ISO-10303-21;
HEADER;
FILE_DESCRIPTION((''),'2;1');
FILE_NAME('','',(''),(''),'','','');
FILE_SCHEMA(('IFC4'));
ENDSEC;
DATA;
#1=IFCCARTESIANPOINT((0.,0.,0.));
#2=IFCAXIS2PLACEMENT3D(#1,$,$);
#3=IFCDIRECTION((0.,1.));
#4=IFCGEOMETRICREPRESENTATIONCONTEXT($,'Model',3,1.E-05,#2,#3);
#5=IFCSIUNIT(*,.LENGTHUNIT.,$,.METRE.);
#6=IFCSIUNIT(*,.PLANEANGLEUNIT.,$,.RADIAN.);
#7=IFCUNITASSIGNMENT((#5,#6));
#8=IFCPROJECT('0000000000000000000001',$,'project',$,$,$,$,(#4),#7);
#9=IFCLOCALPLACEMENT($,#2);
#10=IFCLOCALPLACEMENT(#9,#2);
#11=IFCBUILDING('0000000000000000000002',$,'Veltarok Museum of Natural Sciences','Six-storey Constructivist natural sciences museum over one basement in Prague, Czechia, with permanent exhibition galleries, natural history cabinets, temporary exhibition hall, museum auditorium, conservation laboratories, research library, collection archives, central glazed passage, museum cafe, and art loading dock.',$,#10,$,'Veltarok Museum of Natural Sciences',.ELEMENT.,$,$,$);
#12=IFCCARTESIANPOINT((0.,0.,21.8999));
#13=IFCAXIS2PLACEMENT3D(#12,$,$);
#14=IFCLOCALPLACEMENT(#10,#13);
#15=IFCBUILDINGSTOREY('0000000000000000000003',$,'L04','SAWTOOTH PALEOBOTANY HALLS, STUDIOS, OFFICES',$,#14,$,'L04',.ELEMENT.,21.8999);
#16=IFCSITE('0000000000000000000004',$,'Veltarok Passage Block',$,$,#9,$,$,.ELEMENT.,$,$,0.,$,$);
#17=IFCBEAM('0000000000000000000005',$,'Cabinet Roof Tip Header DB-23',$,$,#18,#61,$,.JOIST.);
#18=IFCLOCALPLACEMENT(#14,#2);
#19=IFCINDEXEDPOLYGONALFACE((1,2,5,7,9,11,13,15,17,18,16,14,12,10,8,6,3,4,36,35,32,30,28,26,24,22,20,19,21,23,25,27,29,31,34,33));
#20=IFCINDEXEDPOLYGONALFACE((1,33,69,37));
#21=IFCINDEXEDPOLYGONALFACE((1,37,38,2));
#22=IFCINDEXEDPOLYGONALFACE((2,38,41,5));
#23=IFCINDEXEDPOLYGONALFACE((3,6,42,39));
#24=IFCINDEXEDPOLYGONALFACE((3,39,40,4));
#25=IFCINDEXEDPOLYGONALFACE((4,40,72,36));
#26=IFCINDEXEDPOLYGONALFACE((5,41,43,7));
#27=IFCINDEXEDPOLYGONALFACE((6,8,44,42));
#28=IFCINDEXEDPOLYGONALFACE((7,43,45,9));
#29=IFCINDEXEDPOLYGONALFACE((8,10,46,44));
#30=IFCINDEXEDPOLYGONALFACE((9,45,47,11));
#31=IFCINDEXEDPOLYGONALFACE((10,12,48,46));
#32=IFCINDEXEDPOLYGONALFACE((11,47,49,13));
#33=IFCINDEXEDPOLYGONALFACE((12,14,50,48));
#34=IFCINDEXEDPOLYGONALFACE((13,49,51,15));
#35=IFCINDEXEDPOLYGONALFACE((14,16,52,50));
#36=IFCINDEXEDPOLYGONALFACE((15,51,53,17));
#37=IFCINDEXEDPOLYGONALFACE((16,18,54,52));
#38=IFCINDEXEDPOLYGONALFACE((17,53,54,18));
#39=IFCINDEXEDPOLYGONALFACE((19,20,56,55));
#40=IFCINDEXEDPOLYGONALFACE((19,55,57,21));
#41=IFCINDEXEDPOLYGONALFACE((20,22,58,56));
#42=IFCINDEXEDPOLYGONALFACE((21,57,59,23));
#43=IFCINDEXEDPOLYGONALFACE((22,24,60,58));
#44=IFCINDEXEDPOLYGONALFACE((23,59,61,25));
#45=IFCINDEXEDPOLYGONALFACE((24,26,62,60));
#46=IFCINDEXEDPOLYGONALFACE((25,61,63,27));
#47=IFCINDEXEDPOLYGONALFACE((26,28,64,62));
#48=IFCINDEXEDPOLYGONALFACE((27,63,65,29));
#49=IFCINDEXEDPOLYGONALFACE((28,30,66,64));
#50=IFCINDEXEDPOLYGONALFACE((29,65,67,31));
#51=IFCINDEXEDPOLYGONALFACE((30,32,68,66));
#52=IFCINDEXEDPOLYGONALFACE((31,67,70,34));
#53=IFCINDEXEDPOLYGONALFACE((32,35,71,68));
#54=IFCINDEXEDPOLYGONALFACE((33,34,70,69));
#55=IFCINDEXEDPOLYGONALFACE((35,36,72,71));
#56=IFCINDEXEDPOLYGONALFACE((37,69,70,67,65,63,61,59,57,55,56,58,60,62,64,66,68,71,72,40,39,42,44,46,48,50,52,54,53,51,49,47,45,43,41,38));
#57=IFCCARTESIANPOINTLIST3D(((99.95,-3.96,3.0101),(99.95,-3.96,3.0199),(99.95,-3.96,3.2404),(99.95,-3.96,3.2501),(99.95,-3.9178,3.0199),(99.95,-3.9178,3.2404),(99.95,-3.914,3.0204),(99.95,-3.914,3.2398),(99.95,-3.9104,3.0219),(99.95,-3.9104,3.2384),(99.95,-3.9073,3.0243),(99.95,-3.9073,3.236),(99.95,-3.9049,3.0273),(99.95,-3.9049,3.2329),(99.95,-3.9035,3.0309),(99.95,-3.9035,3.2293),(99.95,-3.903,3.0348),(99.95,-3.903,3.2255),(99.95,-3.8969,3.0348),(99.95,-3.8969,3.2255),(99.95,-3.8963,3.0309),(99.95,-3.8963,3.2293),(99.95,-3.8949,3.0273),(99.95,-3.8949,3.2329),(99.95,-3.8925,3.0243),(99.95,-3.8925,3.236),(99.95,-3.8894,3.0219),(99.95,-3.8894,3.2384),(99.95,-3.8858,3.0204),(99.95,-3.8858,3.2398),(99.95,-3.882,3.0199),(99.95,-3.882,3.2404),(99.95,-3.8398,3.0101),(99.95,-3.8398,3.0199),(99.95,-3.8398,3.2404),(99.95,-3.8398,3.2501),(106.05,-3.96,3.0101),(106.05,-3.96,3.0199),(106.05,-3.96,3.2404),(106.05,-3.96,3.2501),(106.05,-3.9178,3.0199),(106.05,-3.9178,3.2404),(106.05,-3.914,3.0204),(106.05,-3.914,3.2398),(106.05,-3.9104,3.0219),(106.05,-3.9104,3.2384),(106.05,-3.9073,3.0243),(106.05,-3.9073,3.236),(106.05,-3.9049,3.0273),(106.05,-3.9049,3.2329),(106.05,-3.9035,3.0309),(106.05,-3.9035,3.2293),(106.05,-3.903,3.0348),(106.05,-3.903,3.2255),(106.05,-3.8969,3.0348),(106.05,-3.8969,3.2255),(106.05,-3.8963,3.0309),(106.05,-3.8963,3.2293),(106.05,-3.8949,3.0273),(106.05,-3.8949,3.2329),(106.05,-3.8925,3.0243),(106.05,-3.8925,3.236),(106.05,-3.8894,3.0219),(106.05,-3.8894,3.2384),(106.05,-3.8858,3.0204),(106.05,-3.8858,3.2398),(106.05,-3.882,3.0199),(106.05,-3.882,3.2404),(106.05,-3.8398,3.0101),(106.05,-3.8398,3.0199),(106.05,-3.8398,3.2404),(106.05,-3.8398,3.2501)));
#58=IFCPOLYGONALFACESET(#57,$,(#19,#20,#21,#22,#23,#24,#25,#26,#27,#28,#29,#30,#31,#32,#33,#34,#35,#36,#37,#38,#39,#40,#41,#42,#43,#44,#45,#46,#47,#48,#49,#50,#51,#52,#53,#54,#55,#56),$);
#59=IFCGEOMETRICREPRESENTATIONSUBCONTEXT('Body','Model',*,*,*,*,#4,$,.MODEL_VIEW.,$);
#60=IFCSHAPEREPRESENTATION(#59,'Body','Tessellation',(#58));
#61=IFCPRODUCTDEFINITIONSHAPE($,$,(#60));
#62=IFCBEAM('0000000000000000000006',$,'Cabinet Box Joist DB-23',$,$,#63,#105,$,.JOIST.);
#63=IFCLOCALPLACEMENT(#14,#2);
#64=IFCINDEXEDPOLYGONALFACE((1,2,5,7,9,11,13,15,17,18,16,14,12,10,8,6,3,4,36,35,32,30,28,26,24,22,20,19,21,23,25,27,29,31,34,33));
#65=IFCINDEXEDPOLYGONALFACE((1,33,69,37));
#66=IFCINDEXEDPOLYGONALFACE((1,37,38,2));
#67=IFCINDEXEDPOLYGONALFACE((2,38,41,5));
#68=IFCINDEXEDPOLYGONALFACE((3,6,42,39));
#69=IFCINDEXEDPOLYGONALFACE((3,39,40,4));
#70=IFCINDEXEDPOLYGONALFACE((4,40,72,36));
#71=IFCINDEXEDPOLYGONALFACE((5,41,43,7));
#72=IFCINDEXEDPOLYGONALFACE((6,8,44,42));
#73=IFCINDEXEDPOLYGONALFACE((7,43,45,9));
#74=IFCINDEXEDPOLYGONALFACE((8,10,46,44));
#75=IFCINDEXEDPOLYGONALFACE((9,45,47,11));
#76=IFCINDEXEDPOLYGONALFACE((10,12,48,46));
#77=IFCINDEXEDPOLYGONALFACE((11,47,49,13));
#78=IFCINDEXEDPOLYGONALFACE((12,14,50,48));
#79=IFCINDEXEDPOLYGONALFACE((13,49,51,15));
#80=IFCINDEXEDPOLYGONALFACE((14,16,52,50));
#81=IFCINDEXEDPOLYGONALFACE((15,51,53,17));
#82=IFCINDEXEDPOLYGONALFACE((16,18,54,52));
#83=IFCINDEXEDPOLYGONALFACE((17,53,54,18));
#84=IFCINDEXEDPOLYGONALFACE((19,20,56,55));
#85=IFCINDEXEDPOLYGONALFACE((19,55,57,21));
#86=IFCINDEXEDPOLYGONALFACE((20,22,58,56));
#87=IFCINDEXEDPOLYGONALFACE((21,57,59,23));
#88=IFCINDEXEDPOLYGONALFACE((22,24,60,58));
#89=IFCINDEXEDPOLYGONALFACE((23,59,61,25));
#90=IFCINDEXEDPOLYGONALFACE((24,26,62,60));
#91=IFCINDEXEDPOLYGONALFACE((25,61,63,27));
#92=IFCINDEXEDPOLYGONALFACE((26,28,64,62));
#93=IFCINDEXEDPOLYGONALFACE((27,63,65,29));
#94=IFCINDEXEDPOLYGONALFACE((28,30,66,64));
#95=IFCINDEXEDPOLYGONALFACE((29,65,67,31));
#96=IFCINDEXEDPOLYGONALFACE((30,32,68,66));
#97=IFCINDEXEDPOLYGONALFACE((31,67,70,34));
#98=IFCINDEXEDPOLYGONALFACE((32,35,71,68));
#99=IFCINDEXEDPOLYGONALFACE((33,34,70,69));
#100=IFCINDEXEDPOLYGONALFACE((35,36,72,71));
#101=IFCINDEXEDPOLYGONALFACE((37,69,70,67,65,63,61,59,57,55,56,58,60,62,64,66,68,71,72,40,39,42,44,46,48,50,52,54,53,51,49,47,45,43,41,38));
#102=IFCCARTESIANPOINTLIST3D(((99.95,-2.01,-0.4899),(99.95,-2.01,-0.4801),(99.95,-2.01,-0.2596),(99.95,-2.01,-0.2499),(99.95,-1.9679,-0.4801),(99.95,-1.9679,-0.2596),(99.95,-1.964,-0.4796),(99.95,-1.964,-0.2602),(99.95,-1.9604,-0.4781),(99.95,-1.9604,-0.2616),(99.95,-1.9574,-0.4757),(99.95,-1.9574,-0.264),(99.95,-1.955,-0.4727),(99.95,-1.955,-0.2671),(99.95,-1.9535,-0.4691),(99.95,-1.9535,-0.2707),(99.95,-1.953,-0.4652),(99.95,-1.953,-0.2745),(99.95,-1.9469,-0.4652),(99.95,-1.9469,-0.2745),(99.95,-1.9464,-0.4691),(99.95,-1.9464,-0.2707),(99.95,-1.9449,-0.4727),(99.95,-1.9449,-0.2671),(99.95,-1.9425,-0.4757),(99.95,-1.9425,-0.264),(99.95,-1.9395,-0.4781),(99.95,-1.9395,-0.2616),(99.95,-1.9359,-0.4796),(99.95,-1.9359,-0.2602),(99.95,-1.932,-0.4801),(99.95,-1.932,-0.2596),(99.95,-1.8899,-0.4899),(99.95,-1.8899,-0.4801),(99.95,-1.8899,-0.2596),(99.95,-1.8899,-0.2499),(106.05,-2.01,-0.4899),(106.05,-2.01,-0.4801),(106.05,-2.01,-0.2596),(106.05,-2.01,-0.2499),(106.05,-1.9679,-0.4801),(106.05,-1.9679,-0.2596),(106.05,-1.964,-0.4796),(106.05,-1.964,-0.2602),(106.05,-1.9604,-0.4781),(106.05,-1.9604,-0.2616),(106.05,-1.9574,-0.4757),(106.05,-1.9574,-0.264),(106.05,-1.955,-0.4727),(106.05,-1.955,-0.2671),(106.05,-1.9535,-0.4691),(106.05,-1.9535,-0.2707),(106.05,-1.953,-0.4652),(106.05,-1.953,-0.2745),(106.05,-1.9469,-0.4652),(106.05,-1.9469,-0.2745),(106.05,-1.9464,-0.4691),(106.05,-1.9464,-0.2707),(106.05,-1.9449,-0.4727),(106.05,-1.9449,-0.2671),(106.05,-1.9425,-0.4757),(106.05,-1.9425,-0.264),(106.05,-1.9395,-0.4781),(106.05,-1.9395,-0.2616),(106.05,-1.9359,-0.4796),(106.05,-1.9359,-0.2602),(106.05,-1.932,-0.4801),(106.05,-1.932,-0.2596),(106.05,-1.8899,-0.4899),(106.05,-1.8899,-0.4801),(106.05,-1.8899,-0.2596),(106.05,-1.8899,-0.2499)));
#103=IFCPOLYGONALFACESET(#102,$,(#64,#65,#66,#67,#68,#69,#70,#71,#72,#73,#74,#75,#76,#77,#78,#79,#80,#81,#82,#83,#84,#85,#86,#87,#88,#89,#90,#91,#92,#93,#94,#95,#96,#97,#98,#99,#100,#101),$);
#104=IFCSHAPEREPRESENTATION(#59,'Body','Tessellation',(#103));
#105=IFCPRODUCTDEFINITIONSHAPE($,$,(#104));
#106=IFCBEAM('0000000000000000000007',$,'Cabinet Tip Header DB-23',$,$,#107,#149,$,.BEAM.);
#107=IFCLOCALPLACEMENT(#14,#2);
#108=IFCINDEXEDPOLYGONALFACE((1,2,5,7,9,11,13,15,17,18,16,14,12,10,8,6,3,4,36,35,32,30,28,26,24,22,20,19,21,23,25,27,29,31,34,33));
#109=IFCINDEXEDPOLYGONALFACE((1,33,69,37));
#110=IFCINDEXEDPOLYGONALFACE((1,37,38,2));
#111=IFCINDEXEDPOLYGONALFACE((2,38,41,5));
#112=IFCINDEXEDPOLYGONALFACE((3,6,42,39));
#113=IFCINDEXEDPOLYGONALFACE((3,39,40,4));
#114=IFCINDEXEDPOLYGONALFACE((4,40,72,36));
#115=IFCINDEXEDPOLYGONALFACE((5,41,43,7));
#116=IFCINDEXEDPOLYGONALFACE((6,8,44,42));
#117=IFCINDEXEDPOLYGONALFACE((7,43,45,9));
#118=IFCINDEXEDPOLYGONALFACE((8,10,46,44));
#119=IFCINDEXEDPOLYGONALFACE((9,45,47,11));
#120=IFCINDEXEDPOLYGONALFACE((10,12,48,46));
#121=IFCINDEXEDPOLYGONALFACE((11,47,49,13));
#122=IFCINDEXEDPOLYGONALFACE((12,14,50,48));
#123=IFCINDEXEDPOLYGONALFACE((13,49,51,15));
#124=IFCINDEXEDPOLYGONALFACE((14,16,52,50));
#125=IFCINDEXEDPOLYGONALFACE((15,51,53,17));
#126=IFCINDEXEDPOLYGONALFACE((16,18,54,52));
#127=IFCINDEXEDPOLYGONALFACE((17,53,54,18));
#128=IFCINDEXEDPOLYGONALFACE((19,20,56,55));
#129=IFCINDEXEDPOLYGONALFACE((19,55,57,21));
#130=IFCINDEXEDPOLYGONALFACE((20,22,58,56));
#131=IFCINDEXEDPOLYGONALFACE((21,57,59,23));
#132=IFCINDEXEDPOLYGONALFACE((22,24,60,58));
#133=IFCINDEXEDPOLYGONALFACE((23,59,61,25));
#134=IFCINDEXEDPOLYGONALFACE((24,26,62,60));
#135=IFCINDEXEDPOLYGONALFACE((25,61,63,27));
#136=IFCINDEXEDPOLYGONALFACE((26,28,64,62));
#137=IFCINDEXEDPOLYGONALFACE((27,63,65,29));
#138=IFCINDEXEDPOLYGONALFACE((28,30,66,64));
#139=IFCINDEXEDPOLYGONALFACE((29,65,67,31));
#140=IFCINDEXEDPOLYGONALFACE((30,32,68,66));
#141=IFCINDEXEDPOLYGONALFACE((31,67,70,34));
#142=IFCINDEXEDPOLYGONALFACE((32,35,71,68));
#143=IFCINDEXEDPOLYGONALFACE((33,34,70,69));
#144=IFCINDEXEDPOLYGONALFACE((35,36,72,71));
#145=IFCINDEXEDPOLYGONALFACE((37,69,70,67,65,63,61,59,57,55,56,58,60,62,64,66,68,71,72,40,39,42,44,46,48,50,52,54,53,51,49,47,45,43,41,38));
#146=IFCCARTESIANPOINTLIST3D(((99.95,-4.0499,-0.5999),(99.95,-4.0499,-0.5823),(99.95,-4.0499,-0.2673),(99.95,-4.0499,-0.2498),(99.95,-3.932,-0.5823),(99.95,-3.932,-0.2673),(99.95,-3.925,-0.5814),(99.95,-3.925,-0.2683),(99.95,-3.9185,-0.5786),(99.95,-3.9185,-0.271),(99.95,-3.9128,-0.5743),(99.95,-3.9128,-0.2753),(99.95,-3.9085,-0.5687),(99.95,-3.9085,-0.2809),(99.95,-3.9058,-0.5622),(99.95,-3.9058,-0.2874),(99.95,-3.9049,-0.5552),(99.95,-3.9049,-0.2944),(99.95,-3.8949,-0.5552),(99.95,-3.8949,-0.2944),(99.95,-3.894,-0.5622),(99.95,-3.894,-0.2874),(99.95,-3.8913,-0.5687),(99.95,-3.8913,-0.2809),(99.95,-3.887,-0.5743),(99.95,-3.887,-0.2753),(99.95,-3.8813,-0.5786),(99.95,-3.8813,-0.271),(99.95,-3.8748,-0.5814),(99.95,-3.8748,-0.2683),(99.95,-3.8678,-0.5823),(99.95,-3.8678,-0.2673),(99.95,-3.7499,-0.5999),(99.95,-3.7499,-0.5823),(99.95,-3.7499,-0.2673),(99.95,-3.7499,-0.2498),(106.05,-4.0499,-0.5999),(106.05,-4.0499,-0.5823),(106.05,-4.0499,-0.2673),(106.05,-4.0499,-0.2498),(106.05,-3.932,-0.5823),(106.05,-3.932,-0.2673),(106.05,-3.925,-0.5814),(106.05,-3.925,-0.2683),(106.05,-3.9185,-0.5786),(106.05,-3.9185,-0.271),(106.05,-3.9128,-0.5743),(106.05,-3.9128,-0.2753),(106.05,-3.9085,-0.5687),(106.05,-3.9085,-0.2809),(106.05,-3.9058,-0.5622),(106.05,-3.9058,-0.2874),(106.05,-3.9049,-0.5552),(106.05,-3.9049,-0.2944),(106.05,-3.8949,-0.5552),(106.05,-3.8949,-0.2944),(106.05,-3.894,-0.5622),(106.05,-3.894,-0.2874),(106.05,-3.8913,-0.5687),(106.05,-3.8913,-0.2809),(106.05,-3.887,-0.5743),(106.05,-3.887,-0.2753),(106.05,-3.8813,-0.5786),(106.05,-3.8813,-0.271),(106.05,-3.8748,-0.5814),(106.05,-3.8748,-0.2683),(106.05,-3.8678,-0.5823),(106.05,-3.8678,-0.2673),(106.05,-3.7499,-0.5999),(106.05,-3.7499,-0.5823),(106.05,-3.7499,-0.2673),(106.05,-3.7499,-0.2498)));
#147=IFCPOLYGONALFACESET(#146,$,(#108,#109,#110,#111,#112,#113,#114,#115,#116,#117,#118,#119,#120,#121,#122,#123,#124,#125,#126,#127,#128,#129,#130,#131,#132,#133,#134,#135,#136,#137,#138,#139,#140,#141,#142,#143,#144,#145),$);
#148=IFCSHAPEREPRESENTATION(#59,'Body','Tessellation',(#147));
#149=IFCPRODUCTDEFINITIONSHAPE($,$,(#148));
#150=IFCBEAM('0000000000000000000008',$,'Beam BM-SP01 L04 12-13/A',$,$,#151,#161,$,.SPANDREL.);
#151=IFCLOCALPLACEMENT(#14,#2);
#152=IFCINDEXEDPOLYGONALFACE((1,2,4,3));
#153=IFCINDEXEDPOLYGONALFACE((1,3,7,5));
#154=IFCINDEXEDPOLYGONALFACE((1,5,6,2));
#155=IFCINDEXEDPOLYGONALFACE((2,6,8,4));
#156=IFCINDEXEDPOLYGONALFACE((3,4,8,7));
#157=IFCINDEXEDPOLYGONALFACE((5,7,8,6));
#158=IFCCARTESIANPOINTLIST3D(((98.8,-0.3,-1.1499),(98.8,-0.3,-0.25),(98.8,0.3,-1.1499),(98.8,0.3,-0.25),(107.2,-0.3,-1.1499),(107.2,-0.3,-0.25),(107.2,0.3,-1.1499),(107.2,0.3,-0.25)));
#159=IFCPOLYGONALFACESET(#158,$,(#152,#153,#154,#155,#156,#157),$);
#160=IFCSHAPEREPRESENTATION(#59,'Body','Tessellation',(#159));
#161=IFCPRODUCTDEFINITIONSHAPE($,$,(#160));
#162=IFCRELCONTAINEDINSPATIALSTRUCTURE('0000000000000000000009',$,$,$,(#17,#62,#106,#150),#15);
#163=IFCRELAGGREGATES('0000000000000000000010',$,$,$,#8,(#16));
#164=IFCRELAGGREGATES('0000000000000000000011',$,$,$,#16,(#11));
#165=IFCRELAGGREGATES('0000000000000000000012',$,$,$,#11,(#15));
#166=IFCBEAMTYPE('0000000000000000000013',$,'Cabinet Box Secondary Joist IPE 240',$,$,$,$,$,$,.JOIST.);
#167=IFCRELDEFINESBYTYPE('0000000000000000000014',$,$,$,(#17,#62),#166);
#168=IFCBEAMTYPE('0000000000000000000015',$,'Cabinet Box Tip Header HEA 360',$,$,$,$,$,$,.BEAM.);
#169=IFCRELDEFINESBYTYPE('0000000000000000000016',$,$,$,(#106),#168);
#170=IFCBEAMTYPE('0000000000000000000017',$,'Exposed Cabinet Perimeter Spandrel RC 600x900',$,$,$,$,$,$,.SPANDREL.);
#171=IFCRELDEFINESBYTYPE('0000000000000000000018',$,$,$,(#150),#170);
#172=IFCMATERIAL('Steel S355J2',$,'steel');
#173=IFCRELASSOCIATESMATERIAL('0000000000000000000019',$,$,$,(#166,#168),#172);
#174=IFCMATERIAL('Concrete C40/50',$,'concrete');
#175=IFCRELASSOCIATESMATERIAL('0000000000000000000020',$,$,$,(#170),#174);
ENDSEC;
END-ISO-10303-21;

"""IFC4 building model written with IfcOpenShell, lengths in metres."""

from ifc_helpers import new_model, si_unit, direction, frame, origin, origin_2d, place, context, subcontext, project, spatial, rectangle, i_section, extrude, material, material_profile, profile_set, type_object, element, save


model = new_model("IFC4")

# Units and contexts
model_context = context("Model", 3, precision=1e-05, world=origin(), true_north=direction((0.0, 1.0)))
body_context = subcontext(model_context, "Body", "Model", "MODEL_VIEW")
ifc_project = project(units=[si_unit("LENGTHUNIT", "METRE"), si_unit("PLANEANGLEUNIT", "RADIAN")], contexts=[model_context])

# Site, building, storey
site_placement = place(None, origin())
site = spatial("IfcSite", under=ifc_project, at=site_placement, Name="Veltarok Passage Block", CompositionType="ELEMENT", RefElevation=0.0)
building_placement = place(site_placement, origin())
building = spatial("IfcBuilding", under=site, at=building_placement, Name="Veltarok Museum of Natural Sciences", Description="Six-storey Constructivist natural sciences museum over one basement in Prague, Czechia, with permanent exhibition galleries, natural history cabinets, temporary exhibition hall, museum auditorium, conservation laboratories, research library, collection archives, central glazed passage, museum cafe, and art loading dock.", LongName="Veltarok Museum of Natural Sciences", CompositionType="ELEMENT")
storey_placement = place(building_placement, frame((0.0, 0.0, 21.8999)))
storey = spatial("IfcBuildingStorey", under=building, at=storey_placement, Name="L04", Description="SAWTOOTH PALEOBOTANY HALLS, STUDIOS, OFFICES", LongName="L04", CompositionType="ELEMENT", Elevation=21.8999)

# Shared definitions
ifc_material_1 = material(Name="Concrete C40/50", Category="concrete")
ifc_material_2 = material(Name="Steel S355J2", Category="steel")

# Beams
ifc_material_profile_1 = material_profile(ifc_material_2, i_section(OverallWidth=0.1201, OverallDepth=0.24, WebThickness=0.0061, FlangeThickness=0.0098, FilletRadius=0.0149, at=origin_2d()), Name="IPE 240")
ifc_profile_set_1 = profile_set([ifc_material_profile_1], Name="Steel S355J2")
beam_type_1 = type_object("IfcBeamType", Name="Cabinet Box Secondary Joist IPE 240", PredefinedType="JOIST", material=ifc_profile_set_1)
for number, where, z_axis, x_axis, name in (
    (1, (99.95, -3.8999, 3.1301), (1.0, 0.0, 0.0), (0.0, 1.0, 0.0), "Cabinet Roof Tip Header DB-23"),
    (2, (99.95, -1.95, -0.3699), (1.0, 0.0, 0.0), (0.0, 1.0, 0.0), "Cabinet Box Joist DB-23"),
):
    element("IfcBeam", number, at=place(storey_placement, frame(where, z_axis=z_axis, x_axis=x_axis)), inside=storey, type_object=beam_type_1, Name=name, PredefinedType="JOIST", context=body_context, shape_type="SweptSolid", body=[
        extrude(i_section(OverallWidth=0.1201, OverallDepth=0.24, WebThickness=0.0061, FlangeThickness=0.0098, FilletRadius=0.0149, at=origin_2d()), origin(), (0.0, 0.0, 1.0), 6.1001),
    ])
ifc_material_profile_2 = material_profile(ifc_material_2, i_section(OverallWidth=0.3, OverallDepth=0.3501, WebThickness=0.01, FlangeThickness=0.0176, FilletRadius=0.0271, at=origin_2d()), Name="HEA 360")
ifc_profile_set_2 = profile_set([ifc_material_profile_2], Name="Steel S355J2")
beam_type_2 = type_object("IfcBeamType", Name="Cabinet Box Tip Header HEA 360", PredefinedType="BEAM", material=ifc_profile_set_2)
beam_1_placement = place(storey_placement, frame((99.95, -3.8999, -0.4248), z_axis=(1.0, 0.0, 0.0), x_axis=(0.0, 1.0, 0.0)))
element("IfcBeam", 3, at=beam_1_placement, inside=storey, type_object=beam_type_2, Name="Cabinet Tip Header DB-23", PredefinedType="BEAM", context=body_context, shape_type="SweptSolid", body=[
    extrude(i_section(OverallWidth=0.3, OverallDepth=0.3501, WebThickness=0.01, FlangeThickness=0.0176, FilletRadius=0.0271, at=origin_2d()), origin(), (0.0, 0.0, 1.0), 6.1001),
])
ifc_material_profile_3 = material_profile(ifc_material_1, rectangle(XDim=0.6001, YDim=0.8999, at=origin_2d()), Name="RC 600x900")
ifc_profile_set_3 = profile_set([ifc_material_profile_3], Name="Concrete C40/50")
beam_type_3 = type_object("IfcBeamType", Name="Exposed Cabinet Perimeter Spandrel RC 600x900", PredefinedType="SPANDREL", material=ifc_profile_set_3)
beam_2_placement = place(storey_placement, frame((98.8, 0.0, -0.7), z_axis=(1.0, 0.0, 0.0), x_axis=(0.0, 1.0, 0.0)))
element("IfcBeam", 4, at=beam_2_placement, inside=storey, type_object=beam_type_3, Name="Beam BM-SP01 L04 12-13/A", PredefinedType="SPANDREL", context=body_context, shape_type="SweptSolid", body=[
    extrude(rectangle(XDim=0.6001, YDim=0.8999, at=origin_2d()), origin(), (0.0, 0.0, 1.0), 8.3999),
])

save(model, "model.ifc")
